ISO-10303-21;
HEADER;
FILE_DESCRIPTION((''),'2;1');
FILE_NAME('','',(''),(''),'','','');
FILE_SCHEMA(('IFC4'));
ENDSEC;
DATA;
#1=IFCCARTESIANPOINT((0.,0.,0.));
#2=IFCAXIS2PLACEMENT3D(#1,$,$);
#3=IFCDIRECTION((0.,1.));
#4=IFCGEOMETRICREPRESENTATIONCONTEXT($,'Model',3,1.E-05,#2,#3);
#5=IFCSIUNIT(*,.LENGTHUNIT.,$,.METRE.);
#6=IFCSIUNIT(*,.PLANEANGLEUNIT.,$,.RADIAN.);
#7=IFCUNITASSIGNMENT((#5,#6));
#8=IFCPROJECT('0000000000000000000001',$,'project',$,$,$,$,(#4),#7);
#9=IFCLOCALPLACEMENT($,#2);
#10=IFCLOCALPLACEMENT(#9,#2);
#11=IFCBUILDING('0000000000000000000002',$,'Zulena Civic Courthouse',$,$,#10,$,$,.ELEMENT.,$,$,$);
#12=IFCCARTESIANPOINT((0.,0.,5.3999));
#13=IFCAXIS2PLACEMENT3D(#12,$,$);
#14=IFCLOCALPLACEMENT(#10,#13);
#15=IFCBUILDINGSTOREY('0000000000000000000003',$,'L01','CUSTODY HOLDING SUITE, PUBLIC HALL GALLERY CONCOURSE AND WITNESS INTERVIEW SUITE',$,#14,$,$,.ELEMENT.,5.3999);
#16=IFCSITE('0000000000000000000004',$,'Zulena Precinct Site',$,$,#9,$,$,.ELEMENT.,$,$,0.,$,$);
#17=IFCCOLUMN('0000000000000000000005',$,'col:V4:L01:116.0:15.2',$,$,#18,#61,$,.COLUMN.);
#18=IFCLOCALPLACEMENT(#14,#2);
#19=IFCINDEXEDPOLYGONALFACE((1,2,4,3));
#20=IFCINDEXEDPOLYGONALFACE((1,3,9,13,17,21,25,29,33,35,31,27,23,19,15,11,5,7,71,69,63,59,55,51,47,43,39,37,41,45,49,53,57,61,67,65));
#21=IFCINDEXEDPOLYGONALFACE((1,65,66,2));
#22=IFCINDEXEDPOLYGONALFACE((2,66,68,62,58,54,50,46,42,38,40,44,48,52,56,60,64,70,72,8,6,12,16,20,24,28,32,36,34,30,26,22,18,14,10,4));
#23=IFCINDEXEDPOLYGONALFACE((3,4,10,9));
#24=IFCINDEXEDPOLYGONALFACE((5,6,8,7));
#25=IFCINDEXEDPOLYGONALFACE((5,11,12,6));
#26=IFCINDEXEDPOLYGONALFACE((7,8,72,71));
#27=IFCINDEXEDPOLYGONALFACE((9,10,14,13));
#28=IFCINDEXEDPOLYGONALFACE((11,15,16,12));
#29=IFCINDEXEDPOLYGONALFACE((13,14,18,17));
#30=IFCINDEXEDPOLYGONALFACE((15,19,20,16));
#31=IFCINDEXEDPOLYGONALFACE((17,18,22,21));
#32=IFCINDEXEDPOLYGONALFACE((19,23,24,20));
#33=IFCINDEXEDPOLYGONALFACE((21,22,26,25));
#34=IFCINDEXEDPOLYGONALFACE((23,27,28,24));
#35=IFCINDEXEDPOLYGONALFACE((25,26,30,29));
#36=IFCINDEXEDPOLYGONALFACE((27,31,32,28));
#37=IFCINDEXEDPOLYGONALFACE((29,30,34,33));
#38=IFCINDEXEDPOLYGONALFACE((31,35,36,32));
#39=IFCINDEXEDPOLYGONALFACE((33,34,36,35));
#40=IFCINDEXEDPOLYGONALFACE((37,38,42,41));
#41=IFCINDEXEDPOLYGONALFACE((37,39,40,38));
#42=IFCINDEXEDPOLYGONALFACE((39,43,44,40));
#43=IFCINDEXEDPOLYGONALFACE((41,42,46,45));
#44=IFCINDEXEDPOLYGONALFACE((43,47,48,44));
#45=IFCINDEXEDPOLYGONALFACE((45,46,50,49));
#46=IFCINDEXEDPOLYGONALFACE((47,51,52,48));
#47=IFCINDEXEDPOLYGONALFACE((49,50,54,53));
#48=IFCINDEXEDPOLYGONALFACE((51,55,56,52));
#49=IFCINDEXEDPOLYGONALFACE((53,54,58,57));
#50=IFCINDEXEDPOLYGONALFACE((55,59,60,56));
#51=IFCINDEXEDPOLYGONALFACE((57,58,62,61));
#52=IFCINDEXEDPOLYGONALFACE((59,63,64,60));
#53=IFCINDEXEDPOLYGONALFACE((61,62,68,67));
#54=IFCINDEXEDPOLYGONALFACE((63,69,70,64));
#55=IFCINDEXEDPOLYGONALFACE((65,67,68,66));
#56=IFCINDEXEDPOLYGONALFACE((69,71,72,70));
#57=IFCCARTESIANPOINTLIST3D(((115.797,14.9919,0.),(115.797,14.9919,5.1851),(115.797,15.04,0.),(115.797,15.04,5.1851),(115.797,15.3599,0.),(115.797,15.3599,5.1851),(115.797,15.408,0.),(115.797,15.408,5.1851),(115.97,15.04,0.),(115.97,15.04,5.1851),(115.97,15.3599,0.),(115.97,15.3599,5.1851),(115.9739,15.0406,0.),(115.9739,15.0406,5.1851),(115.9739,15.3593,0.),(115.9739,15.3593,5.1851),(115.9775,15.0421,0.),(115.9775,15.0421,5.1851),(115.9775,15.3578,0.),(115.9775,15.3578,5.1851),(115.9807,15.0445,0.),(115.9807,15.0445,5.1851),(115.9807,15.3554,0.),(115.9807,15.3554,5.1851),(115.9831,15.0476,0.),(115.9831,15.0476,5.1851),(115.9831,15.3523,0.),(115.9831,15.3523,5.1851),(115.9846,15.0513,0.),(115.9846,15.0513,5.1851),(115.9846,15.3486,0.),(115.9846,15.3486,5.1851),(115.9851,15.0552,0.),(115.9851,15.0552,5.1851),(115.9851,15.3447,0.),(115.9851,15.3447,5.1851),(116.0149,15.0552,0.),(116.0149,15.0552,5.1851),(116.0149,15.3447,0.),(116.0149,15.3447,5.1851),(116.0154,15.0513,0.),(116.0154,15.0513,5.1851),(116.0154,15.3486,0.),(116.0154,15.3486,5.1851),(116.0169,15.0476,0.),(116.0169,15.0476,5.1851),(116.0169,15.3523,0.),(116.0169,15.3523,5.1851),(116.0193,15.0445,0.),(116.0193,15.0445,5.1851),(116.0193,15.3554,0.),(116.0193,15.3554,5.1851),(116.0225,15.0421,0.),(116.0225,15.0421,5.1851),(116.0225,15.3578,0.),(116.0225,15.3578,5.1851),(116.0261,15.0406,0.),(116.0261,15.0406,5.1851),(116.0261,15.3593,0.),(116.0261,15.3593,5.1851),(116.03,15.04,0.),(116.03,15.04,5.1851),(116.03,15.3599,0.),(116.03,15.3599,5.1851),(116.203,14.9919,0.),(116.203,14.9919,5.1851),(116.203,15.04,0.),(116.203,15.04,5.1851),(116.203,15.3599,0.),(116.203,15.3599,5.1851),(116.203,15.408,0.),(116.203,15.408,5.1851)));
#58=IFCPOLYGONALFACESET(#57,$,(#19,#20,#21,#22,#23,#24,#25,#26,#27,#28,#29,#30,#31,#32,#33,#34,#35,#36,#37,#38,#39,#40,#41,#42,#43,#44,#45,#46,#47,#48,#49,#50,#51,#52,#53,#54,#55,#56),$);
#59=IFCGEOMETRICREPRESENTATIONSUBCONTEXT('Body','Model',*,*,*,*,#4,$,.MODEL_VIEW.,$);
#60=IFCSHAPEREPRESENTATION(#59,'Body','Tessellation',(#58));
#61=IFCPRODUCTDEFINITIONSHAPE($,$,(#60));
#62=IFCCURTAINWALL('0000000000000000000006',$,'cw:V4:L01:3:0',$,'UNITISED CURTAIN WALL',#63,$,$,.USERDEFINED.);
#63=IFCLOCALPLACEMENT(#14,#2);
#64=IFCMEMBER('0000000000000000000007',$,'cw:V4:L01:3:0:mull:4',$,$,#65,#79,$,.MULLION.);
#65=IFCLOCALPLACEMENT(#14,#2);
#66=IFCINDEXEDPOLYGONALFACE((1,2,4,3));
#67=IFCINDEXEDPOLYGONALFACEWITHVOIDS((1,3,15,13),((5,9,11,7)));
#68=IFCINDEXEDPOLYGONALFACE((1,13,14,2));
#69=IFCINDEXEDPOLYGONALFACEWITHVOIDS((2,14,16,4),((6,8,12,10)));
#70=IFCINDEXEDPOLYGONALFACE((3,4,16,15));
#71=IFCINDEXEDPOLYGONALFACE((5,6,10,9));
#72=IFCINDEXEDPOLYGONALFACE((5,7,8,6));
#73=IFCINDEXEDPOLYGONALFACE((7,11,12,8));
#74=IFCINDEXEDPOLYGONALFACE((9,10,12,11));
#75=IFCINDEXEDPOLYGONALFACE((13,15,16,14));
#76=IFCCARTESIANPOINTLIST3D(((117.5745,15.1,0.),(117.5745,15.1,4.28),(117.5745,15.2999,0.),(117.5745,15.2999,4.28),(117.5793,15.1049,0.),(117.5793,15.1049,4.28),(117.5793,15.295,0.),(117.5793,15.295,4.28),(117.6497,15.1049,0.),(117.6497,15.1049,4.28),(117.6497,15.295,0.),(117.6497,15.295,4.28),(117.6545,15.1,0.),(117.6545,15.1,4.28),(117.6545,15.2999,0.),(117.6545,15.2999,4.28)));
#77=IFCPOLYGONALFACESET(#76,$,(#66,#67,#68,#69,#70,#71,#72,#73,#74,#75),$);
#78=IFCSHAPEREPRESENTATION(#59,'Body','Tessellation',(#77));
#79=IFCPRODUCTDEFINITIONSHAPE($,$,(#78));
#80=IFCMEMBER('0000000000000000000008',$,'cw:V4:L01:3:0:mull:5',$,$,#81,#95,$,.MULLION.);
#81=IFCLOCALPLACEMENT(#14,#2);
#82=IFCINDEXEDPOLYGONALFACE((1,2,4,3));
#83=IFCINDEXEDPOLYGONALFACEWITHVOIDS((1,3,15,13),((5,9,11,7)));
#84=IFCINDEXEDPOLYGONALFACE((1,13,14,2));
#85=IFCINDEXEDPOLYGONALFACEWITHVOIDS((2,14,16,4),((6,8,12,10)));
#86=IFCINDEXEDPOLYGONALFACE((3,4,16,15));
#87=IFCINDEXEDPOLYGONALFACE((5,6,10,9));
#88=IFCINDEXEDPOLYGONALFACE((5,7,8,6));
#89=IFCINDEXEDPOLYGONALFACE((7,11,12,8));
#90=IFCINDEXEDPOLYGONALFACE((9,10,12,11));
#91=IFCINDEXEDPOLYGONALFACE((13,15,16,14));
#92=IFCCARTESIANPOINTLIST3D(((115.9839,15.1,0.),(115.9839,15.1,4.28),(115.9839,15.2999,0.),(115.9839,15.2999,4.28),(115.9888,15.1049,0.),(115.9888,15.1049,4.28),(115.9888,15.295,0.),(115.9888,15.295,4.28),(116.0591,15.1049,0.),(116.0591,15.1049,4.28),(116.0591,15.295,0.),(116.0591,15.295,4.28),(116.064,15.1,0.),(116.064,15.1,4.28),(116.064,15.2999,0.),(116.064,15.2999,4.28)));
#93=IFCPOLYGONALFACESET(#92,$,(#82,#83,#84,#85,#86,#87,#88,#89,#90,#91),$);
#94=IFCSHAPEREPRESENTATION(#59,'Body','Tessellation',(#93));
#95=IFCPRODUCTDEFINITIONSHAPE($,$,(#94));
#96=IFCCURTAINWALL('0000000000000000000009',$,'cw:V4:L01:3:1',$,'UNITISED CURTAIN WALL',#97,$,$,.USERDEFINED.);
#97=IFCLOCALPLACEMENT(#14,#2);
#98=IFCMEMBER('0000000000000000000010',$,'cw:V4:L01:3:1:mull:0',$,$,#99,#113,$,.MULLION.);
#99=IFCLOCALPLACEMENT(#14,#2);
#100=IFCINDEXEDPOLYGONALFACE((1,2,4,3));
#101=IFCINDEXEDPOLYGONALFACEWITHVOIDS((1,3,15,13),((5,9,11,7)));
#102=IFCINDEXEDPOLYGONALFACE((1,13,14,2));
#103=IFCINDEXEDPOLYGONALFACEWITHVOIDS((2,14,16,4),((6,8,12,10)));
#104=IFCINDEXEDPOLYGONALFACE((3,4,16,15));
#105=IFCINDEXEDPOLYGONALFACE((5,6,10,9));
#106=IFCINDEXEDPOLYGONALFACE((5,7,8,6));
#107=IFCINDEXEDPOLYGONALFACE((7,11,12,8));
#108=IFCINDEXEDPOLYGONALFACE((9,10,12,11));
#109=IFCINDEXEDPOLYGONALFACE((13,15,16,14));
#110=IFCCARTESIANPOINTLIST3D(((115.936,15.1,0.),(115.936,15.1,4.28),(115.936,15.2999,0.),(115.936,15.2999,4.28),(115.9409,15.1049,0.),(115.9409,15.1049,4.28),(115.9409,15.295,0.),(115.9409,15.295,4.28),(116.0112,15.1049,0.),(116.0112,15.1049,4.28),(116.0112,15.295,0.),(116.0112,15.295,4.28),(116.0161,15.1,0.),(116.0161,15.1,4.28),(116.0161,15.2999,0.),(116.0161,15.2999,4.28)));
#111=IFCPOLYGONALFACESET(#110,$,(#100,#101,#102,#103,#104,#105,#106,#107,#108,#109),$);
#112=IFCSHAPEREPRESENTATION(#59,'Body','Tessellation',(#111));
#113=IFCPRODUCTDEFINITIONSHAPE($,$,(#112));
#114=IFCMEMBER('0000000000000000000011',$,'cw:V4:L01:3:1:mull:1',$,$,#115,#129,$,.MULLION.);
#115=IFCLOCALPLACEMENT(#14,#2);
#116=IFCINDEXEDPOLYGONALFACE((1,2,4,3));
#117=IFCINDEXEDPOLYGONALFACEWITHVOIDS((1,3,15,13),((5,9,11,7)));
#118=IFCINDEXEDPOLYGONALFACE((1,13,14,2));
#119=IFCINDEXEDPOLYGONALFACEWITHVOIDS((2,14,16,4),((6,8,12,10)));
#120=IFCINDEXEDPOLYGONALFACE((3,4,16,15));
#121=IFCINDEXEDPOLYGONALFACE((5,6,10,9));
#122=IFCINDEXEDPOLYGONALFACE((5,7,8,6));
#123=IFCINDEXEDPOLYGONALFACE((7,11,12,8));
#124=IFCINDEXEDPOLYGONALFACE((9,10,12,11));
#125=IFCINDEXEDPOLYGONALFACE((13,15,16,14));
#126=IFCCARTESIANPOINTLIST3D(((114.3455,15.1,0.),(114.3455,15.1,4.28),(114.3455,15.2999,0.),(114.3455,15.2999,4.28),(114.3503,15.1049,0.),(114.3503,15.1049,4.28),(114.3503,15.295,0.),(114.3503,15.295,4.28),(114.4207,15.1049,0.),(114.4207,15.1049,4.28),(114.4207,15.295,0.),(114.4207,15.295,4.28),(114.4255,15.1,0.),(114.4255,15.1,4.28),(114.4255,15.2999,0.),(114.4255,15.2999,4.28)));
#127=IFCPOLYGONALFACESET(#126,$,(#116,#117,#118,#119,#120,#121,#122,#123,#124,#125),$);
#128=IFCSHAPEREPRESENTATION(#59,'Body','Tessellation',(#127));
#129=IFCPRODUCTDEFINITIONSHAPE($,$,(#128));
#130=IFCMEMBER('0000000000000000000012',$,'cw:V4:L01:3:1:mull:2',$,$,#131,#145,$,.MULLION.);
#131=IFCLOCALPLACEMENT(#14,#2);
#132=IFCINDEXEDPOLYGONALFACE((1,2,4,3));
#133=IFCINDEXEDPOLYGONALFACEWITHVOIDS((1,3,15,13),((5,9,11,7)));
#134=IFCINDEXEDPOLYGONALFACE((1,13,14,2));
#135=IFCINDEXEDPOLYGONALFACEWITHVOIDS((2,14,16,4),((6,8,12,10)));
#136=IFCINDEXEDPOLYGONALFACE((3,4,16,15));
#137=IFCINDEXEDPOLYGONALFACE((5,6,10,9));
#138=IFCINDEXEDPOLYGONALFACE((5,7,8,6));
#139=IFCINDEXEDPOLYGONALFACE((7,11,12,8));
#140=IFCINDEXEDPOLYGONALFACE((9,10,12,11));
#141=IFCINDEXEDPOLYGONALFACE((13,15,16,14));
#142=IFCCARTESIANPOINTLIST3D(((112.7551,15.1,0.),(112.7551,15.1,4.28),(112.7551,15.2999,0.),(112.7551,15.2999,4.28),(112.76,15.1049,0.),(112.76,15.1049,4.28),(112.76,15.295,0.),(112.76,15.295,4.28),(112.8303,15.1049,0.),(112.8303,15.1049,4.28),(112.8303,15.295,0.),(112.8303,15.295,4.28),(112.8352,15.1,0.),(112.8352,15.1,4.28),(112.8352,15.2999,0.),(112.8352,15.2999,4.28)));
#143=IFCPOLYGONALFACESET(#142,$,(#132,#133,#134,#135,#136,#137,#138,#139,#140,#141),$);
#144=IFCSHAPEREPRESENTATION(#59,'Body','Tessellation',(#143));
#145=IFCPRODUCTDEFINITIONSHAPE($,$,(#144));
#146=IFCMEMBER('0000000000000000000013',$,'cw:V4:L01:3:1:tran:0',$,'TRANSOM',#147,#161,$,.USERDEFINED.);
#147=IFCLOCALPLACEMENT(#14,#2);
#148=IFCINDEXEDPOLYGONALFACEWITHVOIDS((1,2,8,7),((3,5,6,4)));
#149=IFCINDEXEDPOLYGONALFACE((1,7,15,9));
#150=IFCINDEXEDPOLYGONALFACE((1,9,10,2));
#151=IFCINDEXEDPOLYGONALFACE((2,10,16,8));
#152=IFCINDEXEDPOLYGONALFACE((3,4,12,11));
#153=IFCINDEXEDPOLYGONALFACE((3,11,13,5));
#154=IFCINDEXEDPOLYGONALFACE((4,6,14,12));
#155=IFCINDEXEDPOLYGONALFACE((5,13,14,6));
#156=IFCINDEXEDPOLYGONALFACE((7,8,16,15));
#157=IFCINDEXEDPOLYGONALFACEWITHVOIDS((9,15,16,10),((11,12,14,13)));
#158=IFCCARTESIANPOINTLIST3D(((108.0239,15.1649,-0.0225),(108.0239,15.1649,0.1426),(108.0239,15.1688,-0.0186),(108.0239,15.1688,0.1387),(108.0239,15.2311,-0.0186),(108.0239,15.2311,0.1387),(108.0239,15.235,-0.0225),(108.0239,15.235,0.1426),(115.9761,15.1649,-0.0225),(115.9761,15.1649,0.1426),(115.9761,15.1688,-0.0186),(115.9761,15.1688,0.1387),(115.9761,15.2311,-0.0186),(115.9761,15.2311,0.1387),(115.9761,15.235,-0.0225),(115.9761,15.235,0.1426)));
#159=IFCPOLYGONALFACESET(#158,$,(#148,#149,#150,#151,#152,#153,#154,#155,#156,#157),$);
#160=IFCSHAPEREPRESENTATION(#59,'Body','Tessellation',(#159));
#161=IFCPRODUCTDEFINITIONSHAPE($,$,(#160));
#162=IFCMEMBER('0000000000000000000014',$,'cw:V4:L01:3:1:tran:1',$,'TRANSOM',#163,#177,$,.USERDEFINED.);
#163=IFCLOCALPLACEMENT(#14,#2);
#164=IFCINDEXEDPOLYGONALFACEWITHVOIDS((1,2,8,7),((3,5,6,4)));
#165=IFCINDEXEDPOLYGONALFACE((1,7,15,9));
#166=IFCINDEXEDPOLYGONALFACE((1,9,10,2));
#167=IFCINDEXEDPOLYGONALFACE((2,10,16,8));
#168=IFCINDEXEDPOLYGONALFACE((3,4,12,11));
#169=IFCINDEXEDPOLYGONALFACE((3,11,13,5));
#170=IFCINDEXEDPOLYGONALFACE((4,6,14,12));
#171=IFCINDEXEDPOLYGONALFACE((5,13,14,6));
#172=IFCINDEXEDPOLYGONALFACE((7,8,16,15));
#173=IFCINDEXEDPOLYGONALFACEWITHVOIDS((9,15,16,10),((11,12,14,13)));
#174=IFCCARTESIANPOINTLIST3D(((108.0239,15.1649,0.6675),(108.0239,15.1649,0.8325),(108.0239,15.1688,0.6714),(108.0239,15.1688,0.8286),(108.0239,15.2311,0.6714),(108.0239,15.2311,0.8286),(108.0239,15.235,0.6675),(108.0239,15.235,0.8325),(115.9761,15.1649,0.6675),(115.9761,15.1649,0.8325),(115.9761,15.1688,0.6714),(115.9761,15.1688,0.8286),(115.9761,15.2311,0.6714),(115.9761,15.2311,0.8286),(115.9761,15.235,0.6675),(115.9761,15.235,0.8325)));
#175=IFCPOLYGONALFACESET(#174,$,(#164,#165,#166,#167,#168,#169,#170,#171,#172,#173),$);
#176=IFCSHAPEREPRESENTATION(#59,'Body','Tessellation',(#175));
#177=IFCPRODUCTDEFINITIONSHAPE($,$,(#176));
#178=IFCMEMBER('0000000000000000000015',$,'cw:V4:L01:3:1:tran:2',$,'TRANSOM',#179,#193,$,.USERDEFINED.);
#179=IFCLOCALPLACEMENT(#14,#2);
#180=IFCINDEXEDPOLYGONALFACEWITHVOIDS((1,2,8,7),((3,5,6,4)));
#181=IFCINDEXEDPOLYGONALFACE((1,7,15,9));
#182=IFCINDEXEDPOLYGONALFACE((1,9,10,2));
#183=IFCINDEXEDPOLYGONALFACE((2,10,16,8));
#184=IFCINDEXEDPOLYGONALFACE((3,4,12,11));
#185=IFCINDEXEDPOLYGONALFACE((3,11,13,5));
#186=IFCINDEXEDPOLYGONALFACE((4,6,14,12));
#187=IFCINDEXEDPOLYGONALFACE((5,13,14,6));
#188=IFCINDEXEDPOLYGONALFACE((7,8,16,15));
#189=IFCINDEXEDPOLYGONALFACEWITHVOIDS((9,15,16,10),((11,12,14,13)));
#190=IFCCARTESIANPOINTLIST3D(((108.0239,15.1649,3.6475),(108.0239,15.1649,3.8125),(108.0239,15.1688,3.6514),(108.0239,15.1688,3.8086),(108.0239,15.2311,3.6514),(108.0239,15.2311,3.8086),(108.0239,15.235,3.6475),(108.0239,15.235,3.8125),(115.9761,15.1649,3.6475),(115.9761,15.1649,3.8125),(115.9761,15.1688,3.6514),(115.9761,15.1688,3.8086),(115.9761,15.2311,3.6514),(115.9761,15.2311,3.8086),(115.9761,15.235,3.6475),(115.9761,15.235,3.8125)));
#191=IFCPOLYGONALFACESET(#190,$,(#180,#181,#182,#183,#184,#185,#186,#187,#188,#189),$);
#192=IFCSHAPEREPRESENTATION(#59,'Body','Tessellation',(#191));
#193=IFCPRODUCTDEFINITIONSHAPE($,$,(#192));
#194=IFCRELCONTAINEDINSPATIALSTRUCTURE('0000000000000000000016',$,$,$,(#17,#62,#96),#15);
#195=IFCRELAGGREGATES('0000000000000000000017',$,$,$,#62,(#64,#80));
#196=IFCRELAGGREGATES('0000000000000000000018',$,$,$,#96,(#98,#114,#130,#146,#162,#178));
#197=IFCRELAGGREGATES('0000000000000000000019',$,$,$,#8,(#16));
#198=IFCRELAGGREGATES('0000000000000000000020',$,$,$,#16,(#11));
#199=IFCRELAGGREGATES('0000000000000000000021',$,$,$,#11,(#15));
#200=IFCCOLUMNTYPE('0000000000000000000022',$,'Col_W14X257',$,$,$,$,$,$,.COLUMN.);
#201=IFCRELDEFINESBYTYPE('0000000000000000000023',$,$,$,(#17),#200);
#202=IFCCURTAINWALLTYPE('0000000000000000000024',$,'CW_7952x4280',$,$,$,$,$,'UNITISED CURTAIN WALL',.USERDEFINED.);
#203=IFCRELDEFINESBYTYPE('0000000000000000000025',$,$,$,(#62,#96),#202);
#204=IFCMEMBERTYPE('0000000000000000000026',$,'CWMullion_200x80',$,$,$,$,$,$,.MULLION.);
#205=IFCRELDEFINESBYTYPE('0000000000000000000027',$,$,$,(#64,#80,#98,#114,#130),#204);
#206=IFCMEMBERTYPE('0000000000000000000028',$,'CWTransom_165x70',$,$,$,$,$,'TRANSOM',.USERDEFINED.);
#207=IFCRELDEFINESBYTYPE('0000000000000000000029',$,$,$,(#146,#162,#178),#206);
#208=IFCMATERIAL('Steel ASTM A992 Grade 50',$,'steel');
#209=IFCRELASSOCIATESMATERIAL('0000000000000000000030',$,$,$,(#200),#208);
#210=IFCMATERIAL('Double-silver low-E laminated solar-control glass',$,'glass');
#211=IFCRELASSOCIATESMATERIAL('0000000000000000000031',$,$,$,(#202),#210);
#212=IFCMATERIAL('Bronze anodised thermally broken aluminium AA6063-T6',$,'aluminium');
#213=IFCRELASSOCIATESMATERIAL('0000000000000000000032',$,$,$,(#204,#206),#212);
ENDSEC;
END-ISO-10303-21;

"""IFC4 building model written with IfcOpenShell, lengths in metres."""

from ifc_helpers import new_model, si_unit, direction, frame, origin, origin_2d, place, context, subcontext, project, spatial, hollow_rectangle, i_section, extrude, material, material_profile, profile_set, type_object, element, aggregate, save


model = new_model("IFC4")

# Units and contexts
model_context = context("Model", 3, precision=1e-05, world=origin(), true_north=direction((0.0, 1.0)))
body_context = subcontext(model_context, "Body", "Model", "MODEL_VIEW")
ifc_project = project(units=[si_unit("LENGTHUNIT", "METRE"), si_unit("PLANEANGLEUNIT", "RADIAN")], contexts=[model_context])

# Site, building, storey
site_placement = place(None, origin())
site = spatial("IfcSite", under=ifc_project, at=site_placement, Name="Zulena Precinct Site", CompositionType="ELEMENT", RefElevation=0.0)
building_placement = place(site_placement, origin())
building = spatial("IfcBuilding", under=site, at=building_placement, Name="Zulena Civic Courthouse", CompositionType="ELEMENT")
storey_placement = place(building_placement, frame((0.0, 0.0, 5.3999)))
storey = spatial("IfcBuildingStorey", under=building, at=storey_placement, Name="L01", Description="CUSTODY HOLDING SUITE, PUBLIC HALL GALLERY CONCOURSE AND WITNESS INTERVIEW SUITE", CompositionType="ELEMENT", Elevation=5.3999)

# Column
ifc_material_1 = material(Name="Steel ASTM A992 Grade 50", Category="steel")
ifc_material_profile_1 = material_profile(ifc_material_1, i_section(OverallWidth=0.406, OverallDepth=0.416, WebThickness=0.0298, FlangeThickness=0.0481, FilletRadius=0.0151, at=origin_2d()), Name="W14X257")
ifc_profile_set_1 = profile_set([ifc_material_profile_1], Name="Steel ASTM A992 Grade 50")
column_type = type_object("IfcColumnType", Name="Col_W14X257", PredefinedType="COLUMN", material=ifc_profile_set_1)
column_placement = place(storey_placement, frame((116.0, 15.2, 0.0), z_axis=(0.0, 0.0, 1.0), x_axis=(1.0, 0.0, 0.0)))
element("IfcColumn", 1, at=column_placement, inside=storey, type_object=column_type, Name="col:V4:L01:116.0:15.2", PredefinedType="COLUMN", context=body_context, shape_type="SweptSolid", body=[
    extrude(i_section(OverallWidth=0.406, OverallDepth=0.416, WebThickness=0.0298, FlangeThickness=0.0481, FilletRadius=0.0151, at=origin_2d()), origin(), (0.0, 0.0, 1.0), 5.1851),
])

# Curtain walls, members
ifc_material_2 = material(Name="Double-silver low-E laminated solar-control glass", Category="glass")
curtain_wall_type = type_object("IfcCurtainWallType", Name="CW_7952x4280", ElementType="UNITISED CURTAIN WALL", PredefinedType="USERDEFINED", material=ifc_material_2)
curtain_wall_1_placement = place(storey_placement, origin())
curtain_wall_1 = element("IfcCurtainWall", 2, at=curtain_wall_1_placement, inside=storey, type_object=curtain_wall_type, Name="cw:V4:L01:3:0", ObjectType="UNITISED CURTAIN WALL", PredefinedType="USERDEFINED")
ifc_material_3 = material(Name="Bronze anodised thermally broken aluminium AA6063-T6", Category="aluminium")
ifc_material_profile_2 = material_profile(ifc_material_3, hollow_rectangle(XDim=0.0801, YDim=0.2, WallThickness=0.0049, at=origin_2d()), Name="CWM200X80X5")
ifc_profile_set_2 = profile_set([ifc_material_profile_2], Name="Bronze anodised thermally broken aluminium AA6063-T6")
member_type_1 = type_object("IfcMemberType", Name="CWMullion_200x80", PredefinedType="MULLION", material=ifc_profile_set_2)
member_1_placement = place(storey_placement, frame((117.6145, 15.2, 0.0), z_axis=(0.0, 0.0, 1.0), x_axis=(1.0, 0.0, 0.0)))
member_1 = element("IfcMember", 3, at=member_1_placement, type_object=member_type_1, Name="cw:V4:L01:3:0:mull:4", PredefinedType="MULLION", context=body_context, shape_type="SweptSolid", body=[
    extrude(hollow_rectangle(XDim=0.0801, YDim=0.2, WallThickness=0.0049, at=origin_2d()), origin(), (0.0, 0.0, 1.0), 4.28),
])
member_2_placement = place(storey_placement, frame((116.0239, 15.2, 0.0), z_axis=(0.0, 0.0, 1.0), x_axis=(1.0, 0.0, 0.0)))
member_2 = element("IfcMember", 4, at=member_2_placement, type_object=member_type_1, Name="cw:V4:L01:3:0:mull:5", PredefinedType="MULLION", context=body_context, shape_type="SweptSolid", body=[
    extrude(hollow_rectangle(XDim=0.0801, YDim=0.2, WallThickness=0.0049, at=origin_2d()), origin(), (0.0, 0.0, 1.0), 4.28),
])
curtain_wall_2_placement = place(storey_placement, origin())
curtain_wall_2 = element("IfcCurtainWall", 5, at=curtain_wall_2_placement, inside=storey, type_object=curtain_wall_type, Name="cw:V4:L01:3:1", ObjectType="UNITISED CURTAIN WALL", PredefinedType="USERDEFINED")
member_3_placement = place(storey_placement, frame((115.9761, 15.2, 0.0), z_axis=(0.0, 0.0, 1.0), x_axis=(1.0, 0.0, 0.0)))
member_3 = element("IfcMember", 6, at=member_3_placement, type_object=member_type_1, Name="cw:V4:L01:3:1:mull:0", PredefinedType="MULLION", context=body_context, shape_type="SweptSolid", body=[
    extrude(hollow_rectangle(XDim=0.0801, YDim=0.2, WallThickness=0.0049, at=origin_2d()), origin(), (0.0, 0.0, 1.0), 4.28),
])
member_4_placement = place(storey_placement, frame((114.3855, 15.2, 0.0), z_axis=(0.0, 0.0, 1.0), x_axis=(1.0, 0.0, 0.0)))
member_4 = element("IfcMember", 7, at=member_4_placement, type_object=member_type_1, Name="cw:V4:L01:3:1:mull:1", PredefinedType="MULLION", context=body_context, shape_type="SweptSolid", body=[
    extrude(hollow_rectangle(XDim=0.0801, YDim=0.2, WallThickness=0.0049, at=origin_2d()), origin(), (0.0, 0.0, 1.0), 4.28),
])
member_5_placement = place(storey_placement, frame((112.7952, 15.2, 0.0), z_axis=(0.0, 0.0, 1.0), x_axis=(1.0, 0.0, 0.0)))
member_5 = element("IfcMember", 8, at=member_5_placement, type_object=member_type_1, Name="cw:V4:L01:3:1:mull:2", PredefinedType="MULLION", context=body_context, shape_type="SweptSolid", body=[
    extrude(hollow_rectangle(XDim=0.0801, YDim=0.2, WallThickness=0.0049, at=origin_2d()), origin(), (0.0, 0.0, 1.0), 4.28),
])
ifc_material_profile_3 = material_profile(ifc_material_3, hollow_rectangle(XDim=0.0701, YDim=0.165, WallThickness=0.0039, at=origin_2d()), Name="CWT165X70X4")
ifc_profile_set_3 = profile_set([ifc_material_profile_3], Name="Bronze anodised thermally broken aluminium AA6063-T6")
member_type_2 = type_object("IfcMemberType", Name="CWTransom_165x70", ElementType="TRANSOM", PredefinedType="USERDEFINED", material=ifc_profile_set_3)
member_6_placement = place(storey_placement, frame((115.9761, 15.2, 0.0601), z_axis=(-1.0, 0.0, 0.0), x_axis=(0.0, -1.0, 0.0)))
member_6 = element("IfcMember", 9, at=member_6_placement, type_object=member_type_2, Name="cw:V4:L01:3:1:tran:0", ObjectType="TRANSOM", PredefinedType="USERDEFINED", context=body_context, shape_type="SweptSolid", body=[
    extrude(hollow_rectangle(XDim=0.0701, YDim=0.165, WallThickness=0.0039, at=origin_2d()), origin(), (0.0, 0.0, 1.0), 7.9521),
])
member_7_placement = place(storey_placement, frame((115.9761, 15.2, 0.75), z_axis=(-1.0, 0.0, 0.0), x_axis=(0.0, -1.0, 0.0)))
member_7 = element("IfcMember", 10, at=member_7_placement, type_object=member_type_2, Name="cw:V4:L01:3:1:tran:1", ObjectType="TRANSOM", PredefinedType="USERDEFINED", context=body_context, shape_type="SweptSolid", body=[
    extrude(hollow_rectangle(XDim=0.0701, YDim=0.165, WallThickness=0.0039, at=origin_2d()), origin(), (0.0, 0.0, 1.0), 7.9521),
])
member_8_placement = place(storey_placement, frame((115.9761, 15.2, 3.73), z_axis=(-1.0, 0.0, 0.0), x_axis=(0.0, -1.0, 0.0)))
member_8 = element("IfcMember", 11, at=member_8_placement, type_object=member_type_2, Name="cw:V4:L01:3:1:tran:2", ObjectType="TRANSOM", PredefinedType="USERDEFINED", context=body_context, shape_type="SweptSolid", body=[
    extrude(hollow_rectangle(XDim=0.0701, YDim=0.165, WallThickness=0.0039, at=origin_2d()), origin(), (0.0, 0.0, 1.0), 7.9521),
])

aggregate(curtain_wall_1, [member_1, member_2])
aggregate(curtain_wall_2, [member_3, member_4, member_5, member_6, member_7, member_8])

save(model, "model.ifc")
